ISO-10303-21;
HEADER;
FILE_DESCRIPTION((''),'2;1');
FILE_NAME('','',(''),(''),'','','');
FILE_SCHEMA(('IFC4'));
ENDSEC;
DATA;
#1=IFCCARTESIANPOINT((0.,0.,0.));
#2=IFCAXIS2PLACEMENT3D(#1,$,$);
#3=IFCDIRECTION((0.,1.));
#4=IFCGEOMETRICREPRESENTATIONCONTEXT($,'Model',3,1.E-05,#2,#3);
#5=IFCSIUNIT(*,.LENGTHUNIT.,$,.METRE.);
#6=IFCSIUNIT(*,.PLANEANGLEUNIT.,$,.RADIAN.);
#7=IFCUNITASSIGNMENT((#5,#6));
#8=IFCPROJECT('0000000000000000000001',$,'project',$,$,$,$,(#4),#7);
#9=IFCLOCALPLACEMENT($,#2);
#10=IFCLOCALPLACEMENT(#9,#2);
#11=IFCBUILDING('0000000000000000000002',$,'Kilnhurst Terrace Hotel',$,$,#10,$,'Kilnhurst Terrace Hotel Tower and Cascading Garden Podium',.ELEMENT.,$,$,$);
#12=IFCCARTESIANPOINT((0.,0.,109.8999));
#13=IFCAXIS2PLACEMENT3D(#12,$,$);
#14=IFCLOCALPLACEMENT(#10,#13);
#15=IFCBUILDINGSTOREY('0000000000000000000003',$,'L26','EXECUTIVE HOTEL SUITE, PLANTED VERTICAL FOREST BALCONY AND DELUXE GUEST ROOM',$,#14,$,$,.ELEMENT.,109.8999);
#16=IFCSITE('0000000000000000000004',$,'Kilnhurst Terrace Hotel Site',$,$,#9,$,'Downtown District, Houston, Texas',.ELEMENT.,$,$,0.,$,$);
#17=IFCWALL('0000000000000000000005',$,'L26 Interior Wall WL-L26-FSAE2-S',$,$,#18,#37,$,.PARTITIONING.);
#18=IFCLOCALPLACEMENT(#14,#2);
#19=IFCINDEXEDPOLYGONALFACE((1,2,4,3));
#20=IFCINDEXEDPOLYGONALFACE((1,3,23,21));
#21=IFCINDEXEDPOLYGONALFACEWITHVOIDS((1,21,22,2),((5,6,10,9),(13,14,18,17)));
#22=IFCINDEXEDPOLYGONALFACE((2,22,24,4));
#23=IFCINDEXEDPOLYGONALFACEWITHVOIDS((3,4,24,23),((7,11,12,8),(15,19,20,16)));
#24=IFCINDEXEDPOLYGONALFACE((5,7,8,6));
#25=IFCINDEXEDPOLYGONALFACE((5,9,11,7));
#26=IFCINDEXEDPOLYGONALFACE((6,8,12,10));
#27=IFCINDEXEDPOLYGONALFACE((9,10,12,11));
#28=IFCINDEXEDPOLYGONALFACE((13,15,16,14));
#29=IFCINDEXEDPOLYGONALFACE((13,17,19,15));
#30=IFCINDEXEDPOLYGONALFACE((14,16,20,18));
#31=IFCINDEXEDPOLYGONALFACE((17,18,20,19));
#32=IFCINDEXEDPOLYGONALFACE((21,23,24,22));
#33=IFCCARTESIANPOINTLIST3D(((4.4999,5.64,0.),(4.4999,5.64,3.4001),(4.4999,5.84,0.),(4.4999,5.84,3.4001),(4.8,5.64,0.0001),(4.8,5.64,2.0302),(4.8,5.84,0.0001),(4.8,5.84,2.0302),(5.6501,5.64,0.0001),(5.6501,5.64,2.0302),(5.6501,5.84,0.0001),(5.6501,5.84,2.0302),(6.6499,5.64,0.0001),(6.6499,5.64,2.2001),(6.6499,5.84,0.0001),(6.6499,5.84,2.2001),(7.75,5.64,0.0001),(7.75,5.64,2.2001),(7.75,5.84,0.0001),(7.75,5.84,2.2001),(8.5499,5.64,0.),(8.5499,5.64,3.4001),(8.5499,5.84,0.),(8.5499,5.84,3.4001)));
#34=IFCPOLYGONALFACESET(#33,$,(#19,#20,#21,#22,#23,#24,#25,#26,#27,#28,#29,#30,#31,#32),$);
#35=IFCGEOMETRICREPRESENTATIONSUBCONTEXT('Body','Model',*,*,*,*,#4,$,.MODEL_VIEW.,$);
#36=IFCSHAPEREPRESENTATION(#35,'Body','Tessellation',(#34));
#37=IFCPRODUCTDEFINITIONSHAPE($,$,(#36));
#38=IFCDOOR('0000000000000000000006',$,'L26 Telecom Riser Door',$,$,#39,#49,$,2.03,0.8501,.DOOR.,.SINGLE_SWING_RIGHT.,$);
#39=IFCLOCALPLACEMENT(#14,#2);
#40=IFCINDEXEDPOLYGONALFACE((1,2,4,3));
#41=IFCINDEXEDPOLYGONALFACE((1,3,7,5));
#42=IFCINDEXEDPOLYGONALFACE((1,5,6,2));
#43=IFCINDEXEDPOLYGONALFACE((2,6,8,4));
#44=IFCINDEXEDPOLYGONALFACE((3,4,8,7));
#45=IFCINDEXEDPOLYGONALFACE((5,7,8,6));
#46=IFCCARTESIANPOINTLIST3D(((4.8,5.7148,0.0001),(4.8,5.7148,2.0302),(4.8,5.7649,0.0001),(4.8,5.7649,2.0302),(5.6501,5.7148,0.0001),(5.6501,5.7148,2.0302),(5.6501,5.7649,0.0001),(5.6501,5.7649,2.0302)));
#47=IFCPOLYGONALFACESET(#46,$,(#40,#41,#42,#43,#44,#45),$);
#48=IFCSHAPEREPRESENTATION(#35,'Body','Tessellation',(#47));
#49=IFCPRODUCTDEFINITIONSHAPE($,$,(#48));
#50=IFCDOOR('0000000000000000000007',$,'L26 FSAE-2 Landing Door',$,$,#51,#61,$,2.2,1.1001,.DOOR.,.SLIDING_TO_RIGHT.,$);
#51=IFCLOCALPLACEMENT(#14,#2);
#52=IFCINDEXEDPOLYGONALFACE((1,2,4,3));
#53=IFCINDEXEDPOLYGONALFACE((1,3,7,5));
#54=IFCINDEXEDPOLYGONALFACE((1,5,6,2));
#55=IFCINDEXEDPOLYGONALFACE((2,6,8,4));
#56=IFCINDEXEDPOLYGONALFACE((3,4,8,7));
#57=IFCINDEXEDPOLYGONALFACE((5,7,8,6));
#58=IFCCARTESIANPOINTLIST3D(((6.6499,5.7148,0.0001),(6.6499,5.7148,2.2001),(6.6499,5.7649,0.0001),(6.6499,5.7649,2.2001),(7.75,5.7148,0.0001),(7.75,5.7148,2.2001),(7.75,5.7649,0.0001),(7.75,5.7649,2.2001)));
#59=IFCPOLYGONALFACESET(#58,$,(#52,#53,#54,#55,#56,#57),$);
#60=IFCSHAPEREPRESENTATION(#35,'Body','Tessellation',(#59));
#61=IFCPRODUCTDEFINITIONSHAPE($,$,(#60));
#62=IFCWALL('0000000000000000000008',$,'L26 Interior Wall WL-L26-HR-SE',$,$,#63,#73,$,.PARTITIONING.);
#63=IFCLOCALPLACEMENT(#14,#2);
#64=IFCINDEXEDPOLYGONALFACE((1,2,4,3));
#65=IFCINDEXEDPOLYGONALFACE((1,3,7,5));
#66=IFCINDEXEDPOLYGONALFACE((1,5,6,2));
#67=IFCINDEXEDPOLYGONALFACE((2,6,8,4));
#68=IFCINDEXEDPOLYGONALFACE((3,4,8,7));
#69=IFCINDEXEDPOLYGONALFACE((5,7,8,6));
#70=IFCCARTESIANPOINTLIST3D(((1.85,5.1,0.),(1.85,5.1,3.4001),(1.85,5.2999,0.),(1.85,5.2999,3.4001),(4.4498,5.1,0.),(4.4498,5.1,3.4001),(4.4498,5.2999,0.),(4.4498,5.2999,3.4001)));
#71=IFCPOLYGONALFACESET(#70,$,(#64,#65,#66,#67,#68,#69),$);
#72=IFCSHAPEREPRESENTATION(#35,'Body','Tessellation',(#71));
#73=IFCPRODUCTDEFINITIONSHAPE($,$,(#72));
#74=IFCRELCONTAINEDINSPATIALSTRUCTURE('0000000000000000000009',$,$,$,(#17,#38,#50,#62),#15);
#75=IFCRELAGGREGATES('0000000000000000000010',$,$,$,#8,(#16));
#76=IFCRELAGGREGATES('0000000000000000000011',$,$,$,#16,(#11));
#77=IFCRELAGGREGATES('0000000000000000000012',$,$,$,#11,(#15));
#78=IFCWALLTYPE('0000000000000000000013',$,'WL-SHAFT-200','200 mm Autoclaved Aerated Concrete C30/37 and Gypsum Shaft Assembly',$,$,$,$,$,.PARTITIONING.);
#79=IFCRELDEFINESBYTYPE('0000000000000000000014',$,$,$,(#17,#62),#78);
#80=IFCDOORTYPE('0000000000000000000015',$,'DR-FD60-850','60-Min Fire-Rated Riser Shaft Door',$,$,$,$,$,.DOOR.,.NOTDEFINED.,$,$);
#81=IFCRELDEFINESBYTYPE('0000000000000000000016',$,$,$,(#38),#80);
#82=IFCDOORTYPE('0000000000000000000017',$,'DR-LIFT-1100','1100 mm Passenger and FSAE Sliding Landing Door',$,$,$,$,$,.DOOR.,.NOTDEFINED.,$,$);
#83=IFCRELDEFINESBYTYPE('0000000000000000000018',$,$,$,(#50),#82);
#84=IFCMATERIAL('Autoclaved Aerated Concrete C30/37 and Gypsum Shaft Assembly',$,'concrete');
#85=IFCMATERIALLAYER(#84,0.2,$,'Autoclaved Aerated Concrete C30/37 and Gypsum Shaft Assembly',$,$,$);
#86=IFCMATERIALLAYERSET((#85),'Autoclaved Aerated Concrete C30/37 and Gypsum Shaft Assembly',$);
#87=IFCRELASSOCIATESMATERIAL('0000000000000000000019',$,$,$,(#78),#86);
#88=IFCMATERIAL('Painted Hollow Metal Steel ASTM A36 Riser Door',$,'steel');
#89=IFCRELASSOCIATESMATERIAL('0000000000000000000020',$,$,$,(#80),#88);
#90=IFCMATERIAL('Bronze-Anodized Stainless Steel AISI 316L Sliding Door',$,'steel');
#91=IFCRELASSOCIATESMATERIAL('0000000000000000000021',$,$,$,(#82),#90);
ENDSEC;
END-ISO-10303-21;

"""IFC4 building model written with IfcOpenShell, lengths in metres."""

from ifc_helpers import new_model, si_unit, direction, frame, frame_2d, origin, place, context, subcontext, project, spatial, rectangle, extrude, material, layer, layer_set, type_object, element, fill, save


model = new_model("IFC4")

# Units and contexts
model_context = context("Model", 3, precision=1e-05, world=origin(), true_north=direction((0.0, 1.0)))
body_context = subcontext(model_context, "Body", "Model", "MODEL_VIEW")
ifc_project = project(units=[si_unit("LENGTHUNIT", "METRE"), si_unit("PLANEANGLEUNIT", "RADIAN")], contexts=[model_context])

# Site, building, storey
site_placement = place(None, origin())
site = spatial("IfcSite", under=ifc_project, at=site_placement, Name="Kilnhurst Terrace Hotel Site", LongName="Downtown District, Houston, Texas", CompositionType="ELEMENT", RefElevation=0.0)
building_placement = place(site_placement, origin())
building = spatial("IfcBuilding", under=site, at=building_placement, Name="Kilnhurst Terrace Hotel", LongName="Kilnhurst Terrace Hotel Tower and Cascading Garden Podium", CompositionType="ELEMENT")
storey_placement = place(building_placement, frame((0.0, 0.0, 109.8999)))
storey = spatial("IfcBuildingStorey", under=building, at=storey_placement, Name="L26", Description="EXECUTIVE HOTEL SUITE, PLANTED VERTICAL FOREST BALCONY AND DELUXE GUEST ROOM", CompositionType="ELEMENT", Elevation=109.8999)

# Wall, openings, doors
ifc_material_1 = material(Name="Autoclaved Aerated Concrete C30/37 and Gypsum Shaft Assembly", Category="concrete")
ifc_layer_1 = layer(ifc_material_1, 0.2, Name="Autoclaved Aerated Concrete C30/37 and Gypsum Shaft Assembly")
ifc_layer_set_1 = layer_set([ifc_layer_1], Name="Autoclaved Aerated Concrete C30/37 and Gypsum Shaft Assembly")
wall_type_1 = type_object("IfcWallType", Name="WL-SHAFT-200", Description="200 mm Autoclaved Aerated Concrete C30/37 and Gypsum Shaft Assembly", PredefinedType="PARTITIONING", material=ifc_layer_set_1)
wall_1_placement = place(storey_placement, frame((4.5, 5.74, 0.0), z_axis=(0.0, 0.0, 1.0), x_axis=(1.0, 0.0, 0.0)))
wall_1 = element("IfcWall", 1, at=wall_1_placement, inside=storey, type_object=wall_type_1, Name="L26 Interior Wall WL-L26-FSAE2-S", PredefinedType="PARTITIONING", context=body_context, shape_type="SweptSolid", body=[
    extrude(rectangle(XDim=4.05, YDim=0.2, at=frame_2d((2.0249, 0.0))), origin(), (0.0, 0.0, 1.0), 3.4001),
])
opening_1_placement = place(wall_1_placement, frame((0.3, 0.0, 0.0)))
opening_1 = element("IfcOpeningElement", 2, at=opening_1_placement, cuts=wall_1, PredefinedType="OPENING", context=body_context, shape_type="SweptSolid", body=[
    extrude(rectangle(XDim=0.8501, YDim=2.03, at=frame_2d((0.425, 1.0151))), frame((0.0, 0.1099, 0.0), z_axis=(0.0, -1.0, 0.0), x_axis=(1.0, 0.0, 0.0)), (0.0, 0.0, 1.0), 0.22),
])
opening_2_placement = place(wall_1_placement, frame((2.1499, 0.0, 0.0)))
opening_2 = element("IfcOpeningElement", 3, at=opening_2_placement, cuts=wall_1, PredefinedType="OPENING", context=body_context, shape_type="SweptSolid", body=[
    extrude(rectangle(XDim=1.1001, YDim=2.2, at=frame_2d((0.55, 1.1001))), frame((0.0, 0.1099, 0.0), z_axis=(0.0, -1.0, 0.0), x_axis=(1.0, 0.0, 0.0)), (0.0, 0.0, 1.0), 0.22),
])
ifc_material_2 = material(Name="Painted Hollow Metal Steel ASTM A36 Riser Door", Category="steel")
door_type_1 = type_object("IfcDoorType", Name="DR-FD60-850", Description="60-Min Fire-Rated Riser Shaft Door", OperationType="NOTDEFINED", PredefinedType="DOOR", material=ifc_material_2)
door_1_placement = place(opening_1_placement, origin())
door_1 = element("IfcDoor", 4, at=door_1_placement, inside=storey, type_object=door_type_1, Name="L26 Telecom Riser Door", OperationType="SINGLE_SWING_RIGHT", OverallHeight=2.03, OverallWidth=0.8501, PredefinedType="DOOR", context=body_context, shape_type="SweptSolid", body=[
    extrude(rectangle(XDim=0.8501, YDim=2.03, at=frame_2d((0.425, 1.0151))), frame((0.0, 0.0249, 0.0), z_axis=(0.0, -1.0, 0.0), x_axis=(1.0, 0.0, 0.0)), (0.0, 0.0, 1.0), 0.05),
])
fill(opening_1, door_1)
ifc_material_3 = material(Name="Bronze-Anodized Stainless Steel AISI 316L Sliding Door", Category="steel")
door_type_2 = type_object("IfcDoorType", Name="DR-LIFT-1100", Description="1100 mm Passenger and FSAE Sliding Landing Door", OperationType="NOTDEFINED", PredefinedType="DOOR", material=ifc_material_3)
door_2_placement = place(opening_2_placement, origin())
door_2 = element("IfcDoor", 5, at=door_2_placement, inside=storey, type_object=door_type_2, Name="L26 FSAE-2 Landing Door", OperationType="SLIDING_TO_RIGHT", OverallHeight=2.2, OverallWidth=1.1001, PredefinedType="DOOR", context=body_context, shape_type="SweptSolid", body=[
    extrude(rectangle(XDim=1.1001, YDim=2.2, at=frame_2d((0.55, 1.1001))), frame((0.0, 0.0249, 0.0), z_axis=(0.0, -1.0, 0.0), x_axis=(1.0, 0.0, 0.0)), (0.0, 0.0, 1.0), 0.05),
])
fill(opening_2, door_2)

# Wall
wall_2_placement = place(storey_placement, frame((1.8501, 5.2, 0.0), z_axis=(0.0, 0.0, 1.0), x_axis=(1.0, 0.0, 0.0)))
element("IfcWall", 6, at=wall_2_placement, inside=storey, type_object=wall_type_1, Name="L26 Interior Wall WL-L26-HR-SE", PredefinedType="PARTITIONING", context=body_context, shape_type="SweptSolid", body=[
    extrude(rectangle(XDim=2.5999, YDim=0.2, at=frame_2d((1.2998, 0.0))), origin(), (0.0, 0.0, 1.0), 3.4001),
])

save(model, "model.ifc")
